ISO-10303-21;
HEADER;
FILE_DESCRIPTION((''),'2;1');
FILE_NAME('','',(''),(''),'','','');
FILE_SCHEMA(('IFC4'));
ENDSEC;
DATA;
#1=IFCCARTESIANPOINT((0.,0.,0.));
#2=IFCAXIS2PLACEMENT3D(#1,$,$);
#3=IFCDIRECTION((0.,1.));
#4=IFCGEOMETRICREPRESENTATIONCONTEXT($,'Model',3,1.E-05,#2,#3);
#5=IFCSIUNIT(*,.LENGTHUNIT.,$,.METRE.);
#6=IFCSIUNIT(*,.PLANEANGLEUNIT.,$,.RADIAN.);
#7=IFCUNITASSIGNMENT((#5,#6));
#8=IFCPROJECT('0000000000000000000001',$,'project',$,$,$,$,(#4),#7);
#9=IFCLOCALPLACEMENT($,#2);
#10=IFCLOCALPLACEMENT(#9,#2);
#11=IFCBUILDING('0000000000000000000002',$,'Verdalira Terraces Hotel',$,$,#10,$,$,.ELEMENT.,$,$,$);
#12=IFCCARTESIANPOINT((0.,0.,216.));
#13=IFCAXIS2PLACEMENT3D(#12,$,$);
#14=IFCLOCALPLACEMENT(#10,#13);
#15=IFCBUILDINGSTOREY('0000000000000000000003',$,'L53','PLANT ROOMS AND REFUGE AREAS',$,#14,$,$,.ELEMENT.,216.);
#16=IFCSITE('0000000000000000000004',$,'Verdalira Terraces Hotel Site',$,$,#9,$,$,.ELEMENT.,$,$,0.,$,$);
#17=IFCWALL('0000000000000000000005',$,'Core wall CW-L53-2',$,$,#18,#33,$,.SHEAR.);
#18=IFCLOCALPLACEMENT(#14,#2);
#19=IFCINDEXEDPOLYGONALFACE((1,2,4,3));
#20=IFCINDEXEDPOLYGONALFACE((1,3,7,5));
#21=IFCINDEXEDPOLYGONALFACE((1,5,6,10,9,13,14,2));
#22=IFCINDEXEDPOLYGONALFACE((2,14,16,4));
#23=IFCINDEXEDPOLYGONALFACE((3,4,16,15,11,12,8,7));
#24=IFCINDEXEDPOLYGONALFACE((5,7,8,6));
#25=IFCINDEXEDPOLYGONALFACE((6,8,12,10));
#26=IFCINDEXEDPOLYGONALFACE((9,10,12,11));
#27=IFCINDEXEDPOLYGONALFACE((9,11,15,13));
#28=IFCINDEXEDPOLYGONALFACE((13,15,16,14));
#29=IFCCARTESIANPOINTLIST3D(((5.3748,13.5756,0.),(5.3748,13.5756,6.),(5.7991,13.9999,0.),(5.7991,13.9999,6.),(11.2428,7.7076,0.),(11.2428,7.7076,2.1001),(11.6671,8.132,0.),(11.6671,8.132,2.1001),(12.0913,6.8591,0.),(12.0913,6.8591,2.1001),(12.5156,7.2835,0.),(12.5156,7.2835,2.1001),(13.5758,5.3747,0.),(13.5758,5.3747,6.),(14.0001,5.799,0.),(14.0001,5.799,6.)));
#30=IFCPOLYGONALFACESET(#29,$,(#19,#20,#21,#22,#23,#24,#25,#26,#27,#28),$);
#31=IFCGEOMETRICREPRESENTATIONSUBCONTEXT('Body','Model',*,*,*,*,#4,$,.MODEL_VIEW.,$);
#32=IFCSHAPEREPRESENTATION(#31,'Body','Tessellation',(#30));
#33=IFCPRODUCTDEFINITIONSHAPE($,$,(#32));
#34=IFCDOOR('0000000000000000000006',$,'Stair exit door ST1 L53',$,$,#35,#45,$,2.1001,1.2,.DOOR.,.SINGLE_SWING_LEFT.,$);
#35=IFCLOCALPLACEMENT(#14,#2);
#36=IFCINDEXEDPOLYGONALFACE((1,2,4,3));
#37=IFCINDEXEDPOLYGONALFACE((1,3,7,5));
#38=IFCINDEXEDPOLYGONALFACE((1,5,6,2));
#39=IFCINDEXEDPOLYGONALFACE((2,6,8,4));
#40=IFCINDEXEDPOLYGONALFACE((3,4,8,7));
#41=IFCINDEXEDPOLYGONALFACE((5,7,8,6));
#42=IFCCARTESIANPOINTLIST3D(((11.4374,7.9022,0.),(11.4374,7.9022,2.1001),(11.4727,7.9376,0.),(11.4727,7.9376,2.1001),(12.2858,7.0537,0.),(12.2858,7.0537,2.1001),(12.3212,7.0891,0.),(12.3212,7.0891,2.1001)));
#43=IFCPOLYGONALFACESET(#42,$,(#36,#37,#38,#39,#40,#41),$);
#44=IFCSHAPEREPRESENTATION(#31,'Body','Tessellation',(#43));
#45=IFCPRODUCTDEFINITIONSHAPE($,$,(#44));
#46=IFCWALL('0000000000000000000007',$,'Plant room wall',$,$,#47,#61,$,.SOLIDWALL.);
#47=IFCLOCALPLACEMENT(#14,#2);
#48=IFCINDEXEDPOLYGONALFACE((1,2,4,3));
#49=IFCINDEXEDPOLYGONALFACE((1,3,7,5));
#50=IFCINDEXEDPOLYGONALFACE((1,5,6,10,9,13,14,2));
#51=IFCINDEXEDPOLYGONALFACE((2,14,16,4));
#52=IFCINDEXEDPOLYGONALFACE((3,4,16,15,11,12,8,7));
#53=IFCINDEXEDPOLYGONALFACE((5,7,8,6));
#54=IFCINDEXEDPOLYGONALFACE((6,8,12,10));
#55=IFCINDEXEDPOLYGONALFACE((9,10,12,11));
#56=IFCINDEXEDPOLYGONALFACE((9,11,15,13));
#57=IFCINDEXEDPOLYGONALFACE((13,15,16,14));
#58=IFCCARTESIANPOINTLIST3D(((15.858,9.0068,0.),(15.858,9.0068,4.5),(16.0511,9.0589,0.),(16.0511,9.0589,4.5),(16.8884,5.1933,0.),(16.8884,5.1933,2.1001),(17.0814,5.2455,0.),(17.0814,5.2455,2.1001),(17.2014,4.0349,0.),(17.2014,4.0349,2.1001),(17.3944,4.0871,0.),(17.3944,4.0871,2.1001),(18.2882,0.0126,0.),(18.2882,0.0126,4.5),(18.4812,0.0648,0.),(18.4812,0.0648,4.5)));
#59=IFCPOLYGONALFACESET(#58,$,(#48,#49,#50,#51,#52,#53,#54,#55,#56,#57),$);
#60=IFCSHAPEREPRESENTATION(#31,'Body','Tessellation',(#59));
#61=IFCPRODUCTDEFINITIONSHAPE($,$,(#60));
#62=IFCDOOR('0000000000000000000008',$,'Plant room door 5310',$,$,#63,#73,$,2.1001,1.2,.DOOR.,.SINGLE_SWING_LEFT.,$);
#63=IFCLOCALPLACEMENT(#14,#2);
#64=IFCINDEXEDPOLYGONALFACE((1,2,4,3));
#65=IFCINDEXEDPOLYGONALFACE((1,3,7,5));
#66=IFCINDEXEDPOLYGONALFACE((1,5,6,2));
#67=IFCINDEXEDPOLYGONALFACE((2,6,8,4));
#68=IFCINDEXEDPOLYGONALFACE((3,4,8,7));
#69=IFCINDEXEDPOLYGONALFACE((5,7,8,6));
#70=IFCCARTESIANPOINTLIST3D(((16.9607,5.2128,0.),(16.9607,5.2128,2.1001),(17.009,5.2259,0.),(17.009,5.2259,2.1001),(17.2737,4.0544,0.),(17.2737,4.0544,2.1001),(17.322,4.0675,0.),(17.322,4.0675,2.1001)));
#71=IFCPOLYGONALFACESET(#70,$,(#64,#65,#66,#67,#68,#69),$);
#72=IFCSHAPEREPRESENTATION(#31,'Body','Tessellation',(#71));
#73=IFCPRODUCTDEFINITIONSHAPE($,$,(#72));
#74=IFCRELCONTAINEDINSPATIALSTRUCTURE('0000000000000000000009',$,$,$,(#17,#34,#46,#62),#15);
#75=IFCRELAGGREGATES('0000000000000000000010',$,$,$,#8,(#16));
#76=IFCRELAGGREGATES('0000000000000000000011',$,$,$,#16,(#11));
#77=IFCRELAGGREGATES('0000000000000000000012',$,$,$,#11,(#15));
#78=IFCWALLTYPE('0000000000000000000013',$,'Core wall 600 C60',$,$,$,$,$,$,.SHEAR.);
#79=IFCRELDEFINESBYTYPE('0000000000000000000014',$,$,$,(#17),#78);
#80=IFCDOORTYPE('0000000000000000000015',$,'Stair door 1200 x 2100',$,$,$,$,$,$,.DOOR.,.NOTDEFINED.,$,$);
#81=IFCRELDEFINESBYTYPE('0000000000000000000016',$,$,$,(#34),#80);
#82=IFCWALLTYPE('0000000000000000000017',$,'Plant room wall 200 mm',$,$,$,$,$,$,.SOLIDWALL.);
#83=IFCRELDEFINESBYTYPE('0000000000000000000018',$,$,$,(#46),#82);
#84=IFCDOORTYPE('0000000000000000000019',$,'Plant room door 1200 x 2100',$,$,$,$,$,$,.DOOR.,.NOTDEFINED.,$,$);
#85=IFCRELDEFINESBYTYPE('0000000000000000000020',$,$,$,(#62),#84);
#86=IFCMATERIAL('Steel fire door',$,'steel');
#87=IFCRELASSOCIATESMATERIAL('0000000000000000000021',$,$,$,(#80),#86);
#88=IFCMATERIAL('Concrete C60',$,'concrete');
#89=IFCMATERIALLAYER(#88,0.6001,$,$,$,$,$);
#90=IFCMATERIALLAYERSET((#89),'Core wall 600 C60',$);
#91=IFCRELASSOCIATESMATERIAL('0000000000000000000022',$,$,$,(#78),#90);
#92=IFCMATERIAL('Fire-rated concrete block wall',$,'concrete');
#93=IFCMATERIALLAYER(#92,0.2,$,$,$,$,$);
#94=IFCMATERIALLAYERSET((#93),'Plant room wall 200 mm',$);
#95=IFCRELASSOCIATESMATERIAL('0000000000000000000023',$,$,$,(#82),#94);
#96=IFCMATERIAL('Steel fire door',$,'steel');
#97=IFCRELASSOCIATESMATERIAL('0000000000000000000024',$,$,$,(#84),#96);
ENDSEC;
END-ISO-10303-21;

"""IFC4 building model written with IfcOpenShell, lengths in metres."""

from ifc_helpers import new_model, si_unit, direction, frame, frame_2d, origin, place, context, subcontext, project, spatial, rectangle, extrude, material, layer, layer_set, type_object, element, fill, save


model = new_model("IFC4")

# Units and contexts
model_context = context("Model", 3, precision=1e-05, world=origin(), true_north=direction((0.0, 1.0)))
body_context = subcontext(model_context, "Body", "Model", "MODEL_VIEW")
ifc_project = project(units=[si_unit("LENGTHUNIT", "METRE"), si_unit("PLANEANGLEUNIT", "RADIAN")], contexts=[model_context])

# Site, building, storey
site_placement = place(None, origin())
site = spatial("IfcSite", under=ifc_project, at=site_placement, Name="Verdalira Terraces Hotel Site", CompositionType="ELEMENT", RefElevation=0.0)
building_placement = place(site_placement, origin())
building = spatial("IfcBuilding", under=site, at=building_placement, Name="Verdalira Terraces Hotel", CompositionType="ELEMENT")
storey_placement = place(building_placement, frame((0.0, 0.0, 216.0)))
storey = spatial("IfcBuildingStorey", under=building, at=storey_placement, Name="L53", Description="PLANT ROOMS AND REFUGE AREAS", CompositionType="ELEMENT", Elevation=216.0)

# Shared definitions
ifc_material_1 = material(Name="Steel fire door", Category="steel")
door_type_1 = type_object("IfcDoorType", Name="Stair door 1200 x 2100", OperationType="NOTDEFINED", PredefinedType="DOOR", material=ifc_material_1)

# Walls, openings, doors
ifc_material_2 = material(Name="Concrete C60", Category="concrete")
ifc_layer_1 = layer(ifc_material_2, 0.6001)
ifc_layer_set_1 = layer_set([ifc_layer_1], Name="Core wall 600 C60")
wall_type_1 = type_object("IfcWallType", Name="Core wall 600 C60", PredefinedType="SHEAR", material=ifc_layer_set_1)
wall_1_placement = place(storey_placement, frame((13.7878, 5.5869, 0.0), z_axis=(0.0, 0.0, 1.0), x_axis=(-0.707107, 0.707107, 0.0)))
wall_1 = element("IfcWall", 1, at=wall_1_placement, inside=storey, type_object=wall_type_1, Name="Core wall CW-L53-2", PredefinedType="SHEAR", context=body_context, shape_type="SweptSolid", body=[
    extrude(rectangle(XDim=11.5979, YDim=0.6001, at=frame_2d((5.7988, 0.0))), origin(), (0.0, 0.0, 1.0), 6.0),
])
opening_1_placement = place(wall_1_placement, frame((2.0991, 0.0, 0.0)))
opening_1 = element("IfcOpeningElement", 2, at=opening_1_placement, cuts=wall_1, PredefinedType="OPENING", context=body_context, shape_type="SweptSolid", body=[
    extrude(rectangle(XDim=1.2, YDim=2.1001, at=frame_2d((0.6001, 1.05))), frame((0.0, 0.3101, 0.0), z_axis=(0.0, -1.0, 0.0), x_axis=(1.0, 0.0, 0.0)), (0.0, 0.0, 1.0), 0.6201),
])
door_1_placement = place(opening_1_placement, origin())
door_1 = element("IfcDoor", 3, at=door_1_placement, inside=storey, type_object=door_type_1, Name="Stair exit door ST1 L53", OperationType="SINGLE_SWING_LEFT", OverallHeight=2.1001, OverallWidth=1.2, PredefinedType="DOOR", context=body_context, shape_type="SweptSolid", body=[
    extrude(rectangle(XDim=1.2, YDim=2.1001, at=frame_2d((0.6001, 1.05))), frame((0.0, 0.0249, 0.0), z_axis=(0.0, -1.0, 0.0), x_axis=(1.0, 0.0, 0.0)), (0.0, 0.0, 1.0), 0.05),
])
fill(opening_1, door_1)
ifc_material_3 = material(Name="Fire-rated concrete block wall", Category="concrete")
ifc_layer_2 = layer(ifc_material_3, 0.2)
ifc_layer_set_2 = layer_set([ifc_layer_2], Name="Plant room wall 200 mm")
wall_type_2 = type_object("IfcWallType", Name="Plant room wall 200 mm", PredefinedType="SOLIDWALL", material=ifc_layer_set_2)
wall_2_placement = place(storey_placement, frame((15.9546, 9.0327, 0.0), z_axis=(0.0, 0.0, 1.0), x_axis=(0.260842, -0.965382, 0.0)))
wall_2 = element("IfcWall", 4, at=wall_2_placement, inside=storey, type_object=wall_type_2, Name="Plant room wall", PredefinedType="SOLIDWALL", context=body_context, shape_type="SweptSolid", body=[
    extrude(rectangle(XDim=9.3166, YDim=0.2, at=frame_2d((4.6582, 0.0))), origin(), (0.0, 0.0, 1.0), 4.5),
])
opening_2_placement = place(wall_2_placement, frame((3.95, 0.0, 0.0)))
opening_2 = element("IfcOpeningElement", 5, at=opening_2_placement, cuts=wall_2, PredefinedType="OPENING", context=body_context, shape_type="SweptSolid", body=[
    extrude(rectangle(XDim=1.2, YDim=2.1001, at=frame_2d((0.6001, 1.05))), frame((0.0, 0.1099, 0.0), z_axis=(0.0, -1.0, 0.0), x_axis=(1.0, 0.0, 0.0)), (0.0, 0.0, 1.0), 0.22),
])
ifc_material_4 = material(Name="Steel fire door", Category="steel")
door_type_2 = type_object("IfcDoorType", Name="Plant room door 1200 x 2100", OperationType="NOTDEFINED", PredefinedType="DOOR", material=ifc_material_4)
door_2_placement = place(opening_2_placement, origin())
door_2 = element("IfcDoor", 6, at=door_2_placement, inside=storey, type_object=door_type_2, Name="Plant room door 5310", OperationType="SINGLE_SWING_LEFT", OverallHeight=2.1001, OverallWidth=1.2, PredefinedType="DOOR", context=body_context, shape_type="SweptSolid", body=[
    extrude(rectangle(XDim=1.2, YDim=2.1001, at=frame_2d((0.6001, 1.05))), frame((0.0, 0.0249, 0.0), z_axis=(0.0, -1.0, 0.0), x_axis=(1.0, 0.0, 0.0)), (0.0, 0.0, 1.0), 0.05),
])
fill(opening_2, door_2)

save(model, "model.ifc")
